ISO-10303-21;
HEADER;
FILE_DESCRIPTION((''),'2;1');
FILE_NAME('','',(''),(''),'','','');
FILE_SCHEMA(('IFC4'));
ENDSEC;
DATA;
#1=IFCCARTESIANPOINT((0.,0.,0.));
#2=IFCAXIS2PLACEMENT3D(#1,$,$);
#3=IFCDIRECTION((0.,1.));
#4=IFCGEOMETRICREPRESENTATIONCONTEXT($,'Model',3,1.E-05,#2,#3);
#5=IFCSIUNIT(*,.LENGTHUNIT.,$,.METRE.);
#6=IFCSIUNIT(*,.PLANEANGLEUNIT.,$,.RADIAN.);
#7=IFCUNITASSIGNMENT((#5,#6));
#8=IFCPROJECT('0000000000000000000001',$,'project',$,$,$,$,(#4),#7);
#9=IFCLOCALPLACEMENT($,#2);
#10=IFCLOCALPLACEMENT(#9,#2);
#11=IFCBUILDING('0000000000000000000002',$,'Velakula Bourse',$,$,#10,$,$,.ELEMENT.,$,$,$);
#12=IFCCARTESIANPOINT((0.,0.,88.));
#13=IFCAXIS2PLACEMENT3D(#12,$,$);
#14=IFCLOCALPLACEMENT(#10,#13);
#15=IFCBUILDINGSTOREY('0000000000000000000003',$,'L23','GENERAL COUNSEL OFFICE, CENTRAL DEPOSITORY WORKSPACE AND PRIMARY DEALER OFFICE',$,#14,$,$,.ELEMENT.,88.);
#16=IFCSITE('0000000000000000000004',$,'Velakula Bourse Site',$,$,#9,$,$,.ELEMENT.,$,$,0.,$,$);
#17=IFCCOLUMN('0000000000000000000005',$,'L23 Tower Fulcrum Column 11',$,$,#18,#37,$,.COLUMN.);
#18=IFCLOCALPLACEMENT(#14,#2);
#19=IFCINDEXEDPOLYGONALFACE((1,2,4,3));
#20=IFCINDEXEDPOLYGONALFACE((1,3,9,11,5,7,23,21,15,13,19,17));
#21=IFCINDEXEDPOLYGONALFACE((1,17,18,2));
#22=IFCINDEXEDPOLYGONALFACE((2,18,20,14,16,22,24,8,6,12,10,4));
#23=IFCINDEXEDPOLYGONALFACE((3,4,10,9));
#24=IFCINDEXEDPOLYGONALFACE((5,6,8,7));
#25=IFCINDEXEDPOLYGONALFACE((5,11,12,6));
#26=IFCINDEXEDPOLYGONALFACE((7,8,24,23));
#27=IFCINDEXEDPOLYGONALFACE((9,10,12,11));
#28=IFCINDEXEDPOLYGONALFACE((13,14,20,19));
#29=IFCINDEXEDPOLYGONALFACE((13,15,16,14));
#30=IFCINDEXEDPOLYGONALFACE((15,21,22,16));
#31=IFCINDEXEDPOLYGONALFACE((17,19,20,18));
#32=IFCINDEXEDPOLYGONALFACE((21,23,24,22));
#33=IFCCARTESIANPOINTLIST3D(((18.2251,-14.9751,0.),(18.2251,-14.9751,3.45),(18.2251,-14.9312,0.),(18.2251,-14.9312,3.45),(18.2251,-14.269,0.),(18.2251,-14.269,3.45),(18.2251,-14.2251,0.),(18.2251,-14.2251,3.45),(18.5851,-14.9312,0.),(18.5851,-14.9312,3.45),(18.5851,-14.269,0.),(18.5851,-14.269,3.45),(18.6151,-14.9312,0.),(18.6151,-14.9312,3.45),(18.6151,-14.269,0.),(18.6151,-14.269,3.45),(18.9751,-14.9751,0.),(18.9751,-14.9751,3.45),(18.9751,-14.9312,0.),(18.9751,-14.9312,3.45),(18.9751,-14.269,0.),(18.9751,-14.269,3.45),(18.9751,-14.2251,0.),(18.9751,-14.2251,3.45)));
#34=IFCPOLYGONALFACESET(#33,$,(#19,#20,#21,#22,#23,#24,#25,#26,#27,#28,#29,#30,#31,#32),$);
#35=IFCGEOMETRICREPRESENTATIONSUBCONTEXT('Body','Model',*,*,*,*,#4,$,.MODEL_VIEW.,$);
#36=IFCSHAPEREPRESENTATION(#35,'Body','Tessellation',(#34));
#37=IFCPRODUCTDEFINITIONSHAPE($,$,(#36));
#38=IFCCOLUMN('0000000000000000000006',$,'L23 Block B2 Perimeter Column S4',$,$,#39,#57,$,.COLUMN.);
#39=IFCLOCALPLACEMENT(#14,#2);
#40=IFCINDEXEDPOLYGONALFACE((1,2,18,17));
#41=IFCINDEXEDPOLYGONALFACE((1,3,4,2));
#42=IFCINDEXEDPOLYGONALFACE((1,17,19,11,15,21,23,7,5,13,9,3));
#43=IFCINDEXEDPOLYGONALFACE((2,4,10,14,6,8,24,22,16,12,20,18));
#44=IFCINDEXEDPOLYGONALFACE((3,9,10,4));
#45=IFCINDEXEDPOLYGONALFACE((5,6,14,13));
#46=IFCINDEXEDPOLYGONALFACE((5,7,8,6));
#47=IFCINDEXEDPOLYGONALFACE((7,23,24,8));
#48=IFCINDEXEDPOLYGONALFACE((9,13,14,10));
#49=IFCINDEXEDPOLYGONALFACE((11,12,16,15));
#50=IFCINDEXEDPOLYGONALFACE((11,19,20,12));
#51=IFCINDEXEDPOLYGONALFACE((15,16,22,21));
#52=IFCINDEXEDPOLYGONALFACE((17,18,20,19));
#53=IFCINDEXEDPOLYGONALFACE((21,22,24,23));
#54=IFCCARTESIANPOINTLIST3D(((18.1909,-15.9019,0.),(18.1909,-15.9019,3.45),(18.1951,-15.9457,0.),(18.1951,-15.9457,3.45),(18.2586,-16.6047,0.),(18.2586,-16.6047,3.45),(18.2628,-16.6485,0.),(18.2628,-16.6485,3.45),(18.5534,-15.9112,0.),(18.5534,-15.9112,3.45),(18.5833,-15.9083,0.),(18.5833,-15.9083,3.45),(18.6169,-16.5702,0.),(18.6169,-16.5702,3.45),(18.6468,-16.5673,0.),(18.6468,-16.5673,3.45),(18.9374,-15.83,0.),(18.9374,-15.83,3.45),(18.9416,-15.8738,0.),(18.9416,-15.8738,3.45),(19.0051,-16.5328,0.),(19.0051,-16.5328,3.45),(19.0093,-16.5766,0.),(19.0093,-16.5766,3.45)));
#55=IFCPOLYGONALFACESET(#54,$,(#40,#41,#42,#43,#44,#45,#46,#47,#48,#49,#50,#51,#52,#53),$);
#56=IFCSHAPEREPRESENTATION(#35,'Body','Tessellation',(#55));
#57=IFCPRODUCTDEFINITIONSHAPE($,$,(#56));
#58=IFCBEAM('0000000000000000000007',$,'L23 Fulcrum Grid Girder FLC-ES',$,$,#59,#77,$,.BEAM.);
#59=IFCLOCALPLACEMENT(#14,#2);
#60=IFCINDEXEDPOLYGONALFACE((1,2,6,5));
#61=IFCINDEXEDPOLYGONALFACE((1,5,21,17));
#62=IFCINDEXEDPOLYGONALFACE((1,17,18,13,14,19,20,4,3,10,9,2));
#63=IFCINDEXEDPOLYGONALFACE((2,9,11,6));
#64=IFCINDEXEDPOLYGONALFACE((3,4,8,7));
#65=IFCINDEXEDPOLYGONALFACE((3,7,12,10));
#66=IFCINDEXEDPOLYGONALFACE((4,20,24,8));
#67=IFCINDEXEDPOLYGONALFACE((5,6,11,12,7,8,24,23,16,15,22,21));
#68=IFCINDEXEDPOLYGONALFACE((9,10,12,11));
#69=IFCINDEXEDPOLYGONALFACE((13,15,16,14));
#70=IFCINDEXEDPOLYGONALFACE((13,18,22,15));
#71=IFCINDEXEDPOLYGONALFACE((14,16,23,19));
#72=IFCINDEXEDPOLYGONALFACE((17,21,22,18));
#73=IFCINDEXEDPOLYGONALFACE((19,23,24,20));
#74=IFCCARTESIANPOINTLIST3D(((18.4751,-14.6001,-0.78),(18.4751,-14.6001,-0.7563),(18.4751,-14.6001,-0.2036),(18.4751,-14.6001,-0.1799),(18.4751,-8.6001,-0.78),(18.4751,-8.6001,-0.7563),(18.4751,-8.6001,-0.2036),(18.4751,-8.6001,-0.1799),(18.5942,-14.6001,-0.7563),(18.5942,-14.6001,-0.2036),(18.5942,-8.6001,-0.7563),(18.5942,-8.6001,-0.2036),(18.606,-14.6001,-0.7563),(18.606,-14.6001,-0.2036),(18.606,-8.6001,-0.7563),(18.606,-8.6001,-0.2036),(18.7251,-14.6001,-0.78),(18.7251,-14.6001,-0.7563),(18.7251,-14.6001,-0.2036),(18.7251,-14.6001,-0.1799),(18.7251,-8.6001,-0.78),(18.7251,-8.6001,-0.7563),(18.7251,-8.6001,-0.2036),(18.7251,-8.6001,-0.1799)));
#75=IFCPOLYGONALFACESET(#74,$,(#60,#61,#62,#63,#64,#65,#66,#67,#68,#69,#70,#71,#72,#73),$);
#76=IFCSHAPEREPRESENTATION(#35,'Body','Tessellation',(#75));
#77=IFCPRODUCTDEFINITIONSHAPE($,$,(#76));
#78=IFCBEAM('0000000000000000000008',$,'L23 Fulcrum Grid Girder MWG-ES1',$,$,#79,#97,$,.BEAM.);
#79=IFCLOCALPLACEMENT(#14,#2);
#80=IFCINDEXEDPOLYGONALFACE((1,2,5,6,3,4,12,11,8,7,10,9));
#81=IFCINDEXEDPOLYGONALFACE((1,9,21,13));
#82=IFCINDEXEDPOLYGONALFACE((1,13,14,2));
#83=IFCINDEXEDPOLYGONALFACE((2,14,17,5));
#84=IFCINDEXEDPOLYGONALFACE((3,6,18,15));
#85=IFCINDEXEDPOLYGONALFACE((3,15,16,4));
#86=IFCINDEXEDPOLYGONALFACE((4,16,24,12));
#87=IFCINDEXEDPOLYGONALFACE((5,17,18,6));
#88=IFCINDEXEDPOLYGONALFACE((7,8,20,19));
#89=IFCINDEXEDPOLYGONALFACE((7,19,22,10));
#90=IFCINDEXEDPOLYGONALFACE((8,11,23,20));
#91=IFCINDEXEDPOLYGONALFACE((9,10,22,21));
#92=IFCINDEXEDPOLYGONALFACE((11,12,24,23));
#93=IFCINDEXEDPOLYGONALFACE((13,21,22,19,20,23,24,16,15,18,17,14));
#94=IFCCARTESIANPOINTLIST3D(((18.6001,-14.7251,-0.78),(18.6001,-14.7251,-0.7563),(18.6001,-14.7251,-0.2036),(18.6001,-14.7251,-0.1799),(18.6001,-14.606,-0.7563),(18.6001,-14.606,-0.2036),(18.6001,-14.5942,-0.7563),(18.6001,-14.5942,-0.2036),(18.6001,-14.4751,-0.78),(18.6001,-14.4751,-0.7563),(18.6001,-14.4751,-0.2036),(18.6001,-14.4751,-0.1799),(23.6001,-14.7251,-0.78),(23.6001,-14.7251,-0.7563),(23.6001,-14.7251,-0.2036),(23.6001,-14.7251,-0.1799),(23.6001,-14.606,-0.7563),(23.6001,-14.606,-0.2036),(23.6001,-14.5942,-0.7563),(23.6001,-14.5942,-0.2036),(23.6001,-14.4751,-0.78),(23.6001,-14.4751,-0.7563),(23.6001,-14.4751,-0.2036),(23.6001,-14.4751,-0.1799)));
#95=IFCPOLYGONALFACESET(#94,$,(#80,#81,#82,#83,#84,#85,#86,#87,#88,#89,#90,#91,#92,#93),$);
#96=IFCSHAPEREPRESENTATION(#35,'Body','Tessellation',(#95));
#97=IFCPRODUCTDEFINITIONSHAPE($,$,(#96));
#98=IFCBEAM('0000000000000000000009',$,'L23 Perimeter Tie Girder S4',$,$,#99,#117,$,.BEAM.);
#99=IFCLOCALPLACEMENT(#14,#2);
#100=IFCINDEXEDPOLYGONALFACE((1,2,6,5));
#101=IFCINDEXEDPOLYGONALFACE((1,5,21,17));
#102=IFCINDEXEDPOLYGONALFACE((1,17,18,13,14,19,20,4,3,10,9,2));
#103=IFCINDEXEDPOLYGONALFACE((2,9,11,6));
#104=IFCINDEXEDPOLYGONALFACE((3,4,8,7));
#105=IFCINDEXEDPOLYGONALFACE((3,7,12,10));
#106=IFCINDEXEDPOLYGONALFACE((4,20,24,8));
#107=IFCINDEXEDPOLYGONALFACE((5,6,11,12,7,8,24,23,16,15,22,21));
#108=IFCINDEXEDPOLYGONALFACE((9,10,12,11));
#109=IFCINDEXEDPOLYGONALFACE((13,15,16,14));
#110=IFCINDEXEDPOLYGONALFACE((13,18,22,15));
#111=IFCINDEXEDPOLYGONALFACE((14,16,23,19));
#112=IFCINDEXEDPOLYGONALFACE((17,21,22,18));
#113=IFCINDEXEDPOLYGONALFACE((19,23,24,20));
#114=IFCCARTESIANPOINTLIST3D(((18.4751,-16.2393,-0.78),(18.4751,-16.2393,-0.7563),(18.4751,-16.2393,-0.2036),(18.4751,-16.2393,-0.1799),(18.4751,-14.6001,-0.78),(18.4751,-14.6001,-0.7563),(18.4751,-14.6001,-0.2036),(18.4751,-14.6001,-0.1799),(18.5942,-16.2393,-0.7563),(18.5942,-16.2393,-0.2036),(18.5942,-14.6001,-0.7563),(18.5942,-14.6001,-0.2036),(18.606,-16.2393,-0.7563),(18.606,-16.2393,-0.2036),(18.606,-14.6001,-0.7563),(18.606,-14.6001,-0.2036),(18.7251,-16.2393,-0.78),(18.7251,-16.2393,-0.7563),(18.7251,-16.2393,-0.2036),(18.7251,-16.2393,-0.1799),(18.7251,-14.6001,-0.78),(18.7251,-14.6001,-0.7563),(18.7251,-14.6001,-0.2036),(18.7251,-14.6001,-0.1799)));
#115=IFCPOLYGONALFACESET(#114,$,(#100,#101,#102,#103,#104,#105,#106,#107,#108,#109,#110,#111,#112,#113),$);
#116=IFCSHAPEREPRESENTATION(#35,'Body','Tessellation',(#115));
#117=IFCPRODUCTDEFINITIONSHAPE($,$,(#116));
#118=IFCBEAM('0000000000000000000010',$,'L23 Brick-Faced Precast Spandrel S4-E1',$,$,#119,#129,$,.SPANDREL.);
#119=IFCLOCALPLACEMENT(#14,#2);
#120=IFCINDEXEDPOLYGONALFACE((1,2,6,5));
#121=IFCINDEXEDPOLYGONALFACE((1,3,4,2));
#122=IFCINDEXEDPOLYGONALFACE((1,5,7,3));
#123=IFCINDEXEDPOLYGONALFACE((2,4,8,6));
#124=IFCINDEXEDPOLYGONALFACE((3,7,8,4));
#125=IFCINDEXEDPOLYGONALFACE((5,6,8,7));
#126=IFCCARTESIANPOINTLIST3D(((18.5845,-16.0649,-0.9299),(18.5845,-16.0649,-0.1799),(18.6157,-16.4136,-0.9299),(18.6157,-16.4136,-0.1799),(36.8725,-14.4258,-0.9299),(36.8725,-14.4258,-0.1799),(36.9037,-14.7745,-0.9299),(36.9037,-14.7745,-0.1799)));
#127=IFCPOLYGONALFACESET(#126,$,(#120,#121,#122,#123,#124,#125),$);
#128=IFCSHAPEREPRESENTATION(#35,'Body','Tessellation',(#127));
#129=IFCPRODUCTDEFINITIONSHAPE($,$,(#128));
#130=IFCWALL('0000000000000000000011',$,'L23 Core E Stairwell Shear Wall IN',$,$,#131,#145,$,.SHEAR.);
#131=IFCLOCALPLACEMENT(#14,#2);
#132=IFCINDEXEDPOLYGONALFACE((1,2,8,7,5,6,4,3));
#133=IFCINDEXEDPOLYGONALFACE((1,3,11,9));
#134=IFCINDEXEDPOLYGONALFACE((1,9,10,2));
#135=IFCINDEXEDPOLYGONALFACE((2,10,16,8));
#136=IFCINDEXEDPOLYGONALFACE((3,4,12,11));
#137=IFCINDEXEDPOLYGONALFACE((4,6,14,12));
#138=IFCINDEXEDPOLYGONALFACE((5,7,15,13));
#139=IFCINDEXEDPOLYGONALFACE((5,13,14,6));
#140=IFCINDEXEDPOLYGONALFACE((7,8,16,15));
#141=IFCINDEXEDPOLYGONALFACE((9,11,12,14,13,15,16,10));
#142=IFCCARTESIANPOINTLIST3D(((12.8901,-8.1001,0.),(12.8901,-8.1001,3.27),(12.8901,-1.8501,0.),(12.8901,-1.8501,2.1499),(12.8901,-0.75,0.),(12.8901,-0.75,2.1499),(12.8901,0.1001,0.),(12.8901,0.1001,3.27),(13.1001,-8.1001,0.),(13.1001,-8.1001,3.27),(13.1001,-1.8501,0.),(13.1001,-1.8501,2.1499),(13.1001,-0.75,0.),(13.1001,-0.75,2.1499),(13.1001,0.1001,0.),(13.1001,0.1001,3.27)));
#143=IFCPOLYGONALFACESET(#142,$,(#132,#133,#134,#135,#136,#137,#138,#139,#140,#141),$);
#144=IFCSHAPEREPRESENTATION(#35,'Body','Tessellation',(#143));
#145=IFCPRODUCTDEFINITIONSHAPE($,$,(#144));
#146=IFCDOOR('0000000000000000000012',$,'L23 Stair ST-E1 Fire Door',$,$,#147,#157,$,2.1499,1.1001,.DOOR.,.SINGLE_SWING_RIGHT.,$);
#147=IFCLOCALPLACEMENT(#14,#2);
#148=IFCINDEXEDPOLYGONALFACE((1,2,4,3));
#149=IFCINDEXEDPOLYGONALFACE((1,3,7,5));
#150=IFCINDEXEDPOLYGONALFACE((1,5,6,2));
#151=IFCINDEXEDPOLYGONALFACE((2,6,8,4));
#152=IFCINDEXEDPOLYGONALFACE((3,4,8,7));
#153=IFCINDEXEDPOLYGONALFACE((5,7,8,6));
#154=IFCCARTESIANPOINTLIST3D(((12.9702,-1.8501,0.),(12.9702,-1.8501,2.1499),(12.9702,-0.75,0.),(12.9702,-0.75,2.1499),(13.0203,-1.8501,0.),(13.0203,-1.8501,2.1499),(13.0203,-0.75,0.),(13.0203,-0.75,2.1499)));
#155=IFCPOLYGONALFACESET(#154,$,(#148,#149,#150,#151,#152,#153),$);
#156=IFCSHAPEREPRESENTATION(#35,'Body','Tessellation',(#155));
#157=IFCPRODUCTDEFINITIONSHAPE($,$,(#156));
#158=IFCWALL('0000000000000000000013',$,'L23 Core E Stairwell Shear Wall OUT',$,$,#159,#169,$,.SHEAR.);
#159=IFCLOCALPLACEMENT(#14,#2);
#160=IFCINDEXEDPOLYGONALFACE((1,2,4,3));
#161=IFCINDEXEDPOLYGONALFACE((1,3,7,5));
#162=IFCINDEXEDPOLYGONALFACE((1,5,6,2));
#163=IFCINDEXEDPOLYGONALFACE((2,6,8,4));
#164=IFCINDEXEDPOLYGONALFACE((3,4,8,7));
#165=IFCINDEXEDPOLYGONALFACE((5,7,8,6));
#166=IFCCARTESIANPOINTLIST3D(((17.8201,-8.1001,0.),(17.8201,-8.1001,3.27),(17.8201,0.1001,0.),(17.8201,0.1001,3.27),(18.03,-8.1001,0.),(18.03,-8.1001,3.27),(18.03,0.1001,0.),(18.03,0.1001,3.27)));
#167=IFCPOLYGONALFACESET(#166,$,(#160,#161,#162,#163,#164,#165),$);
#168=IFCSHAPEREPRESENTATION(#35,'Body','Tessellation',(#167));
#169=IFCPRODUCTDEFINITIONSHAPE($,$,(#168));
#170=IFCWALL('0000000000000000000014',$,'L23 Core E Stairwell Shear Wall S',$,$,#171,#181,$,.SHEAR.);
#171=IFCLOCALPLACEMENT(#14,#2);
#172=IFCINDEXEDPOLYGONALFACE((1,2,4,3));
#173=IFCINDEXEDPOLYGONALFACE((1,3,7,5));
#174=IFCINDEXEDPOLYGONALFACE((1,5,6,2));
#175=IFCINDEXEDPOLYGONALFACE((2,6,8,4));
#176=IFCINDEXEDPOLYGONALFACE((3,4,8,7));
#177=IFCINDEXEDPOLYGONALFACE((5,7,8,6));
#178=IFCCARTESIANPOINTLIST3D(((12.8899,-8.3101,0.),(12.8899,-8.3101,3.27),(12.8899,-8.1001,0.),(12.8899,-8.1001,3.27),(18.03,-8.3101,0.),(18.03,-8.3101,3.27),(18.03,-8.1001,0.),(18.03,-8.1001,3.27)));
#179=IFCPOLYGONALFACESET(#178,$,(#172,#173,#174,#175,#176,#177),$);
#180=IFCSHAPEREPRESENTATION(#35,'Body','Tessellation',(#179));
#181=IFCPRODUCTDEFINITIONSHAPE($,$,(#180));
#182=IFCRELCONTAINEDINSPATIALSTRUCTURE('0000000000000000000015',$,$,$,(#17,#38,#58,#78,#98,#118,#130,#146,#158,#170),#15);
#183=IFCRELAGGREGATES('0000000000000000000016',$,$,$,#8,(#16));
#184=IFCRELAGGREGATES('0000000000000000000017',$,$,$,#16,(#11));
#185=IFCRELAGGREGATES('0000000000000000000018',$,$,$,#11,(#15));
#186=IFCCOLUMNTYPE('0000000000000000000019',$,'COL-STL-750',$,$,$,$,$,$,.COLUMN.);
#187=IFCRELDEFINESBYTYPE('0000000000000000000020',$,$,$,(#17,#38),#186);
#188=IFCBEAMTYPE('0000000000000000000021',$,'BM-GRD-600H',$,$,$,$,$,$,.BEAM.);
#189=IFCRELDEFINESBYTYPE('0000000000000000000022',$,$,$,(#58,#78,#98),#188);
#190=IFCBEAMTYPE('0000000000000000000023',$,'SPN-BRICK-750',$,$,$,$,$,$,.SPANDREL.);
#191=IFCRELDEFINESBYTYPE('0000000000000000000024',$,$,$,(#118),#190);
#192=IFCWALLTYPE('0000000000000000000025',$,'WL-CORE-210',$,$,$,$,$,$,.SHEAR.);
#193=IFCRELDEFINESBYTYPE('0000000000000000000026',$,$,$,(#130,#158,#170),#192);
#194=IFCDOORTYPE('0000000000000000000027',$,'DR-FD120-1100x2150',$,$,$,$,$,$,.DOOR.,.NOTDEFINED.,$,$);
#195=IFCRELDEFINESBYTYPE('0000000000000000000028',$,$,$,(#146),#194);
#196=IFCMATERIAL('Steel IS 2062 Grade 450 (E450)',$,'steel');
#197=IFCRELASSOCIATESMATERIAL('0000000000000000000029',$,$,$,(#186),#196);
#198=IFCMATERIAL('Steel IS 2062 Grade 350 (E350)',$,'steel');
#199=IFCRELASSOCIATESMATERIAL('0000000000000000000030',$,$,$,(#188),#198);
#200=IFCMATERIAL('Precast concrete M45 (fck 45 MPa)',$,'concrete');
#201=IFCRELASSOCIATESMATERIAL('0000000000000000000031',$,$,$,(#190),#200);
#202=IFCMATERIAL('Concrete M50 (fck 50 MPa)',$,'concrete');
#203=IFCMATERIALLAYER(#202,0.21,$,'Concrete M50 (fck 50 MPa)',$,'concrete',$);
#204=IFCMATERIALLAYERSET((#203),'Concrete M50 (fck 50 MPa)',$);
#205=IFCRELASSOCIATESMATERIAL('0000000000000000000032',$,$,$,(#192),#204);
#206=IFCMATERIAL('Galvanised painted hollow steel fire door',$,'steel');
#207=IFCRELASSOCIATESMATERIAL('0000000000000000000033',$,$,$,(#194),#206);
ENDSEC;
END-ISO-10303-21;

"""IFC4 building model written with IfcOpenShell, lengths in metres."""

from ifc_helpers import new_model, si_unit, direction, frame, frame_2d, origin, origin_2d, place, context, subcontext, project, spatial, rectangle, i_section, extrude, material, layer, layer_set, material_profile, profile_set, type_object, element, fill, save


model = new_model("IFC4")

# Units and contexts
model_context = context("Model", 3, precision=1e-05, world=origin(), true_north=direction((0.0, 1.0)))
body_context = subcontext(model_context, "Body", "Model", "MODEL_VIEW")
ifc_project = project(units=[si_unit("LENGTHUNIT", "METRE"), si_unit("PLANEANGLEUNIT", "RADIAN")], contexts=[model_context])

# Site, building, storey
site_placement = place(None, origin())
site = spatial("IfcSite", under=ifc_project, at=site_placement, Name="Velakula Bourse Site", CompositionType="ELEMENT", RefElevation=0.0)
building_placement = place(site_placement, origin())
building = spatial("IfcBuilding", under=site, at=building_placement, Name="Velakula Bourse", CompositionType="ELEMENT")
storey_placement = place(building_placement, frame((0.0, 0.0, 88.0)))
storey = spatial("IfcBuildingStorey", under=building, at=storey_placement, Name="L23", Description="GENERAL COUNSEL OFFICE, CENTRAL DEPOSITORY WORKSPACE AND PRIMARY DEALER OFFICE", CompositionType="ELEMENT", Elevation=88.0)

# Columns
ifc_material_1 = material(Name="Steel IS 2062 Grade 450 (E450)", Category="steel")
ifc_material_profile_1 = material_profile(ifc_material_1, i_section(OverallWidth=0.75, OverallDepth=0.75, WebThickness=0.03, FlangeThickness=0.0439, at=origin_2d()), Name="Steel IS 2062 Grade 450 (E450)")
ifc_profile_set_1 = profile_set([ifc_material_profile_1], Name="Steel IS 2062 Grade 450 (E450)")
column_type = type_object("IfcColumnType", Name="COL-STL-750", PredefinedType="COLUMN", material=ifc_profile_set_1)
for number, where, z_axis, x_axis, name in (
    (1, (18.6001, -14.6001, 0.0), (0.0, 0.0, 1.0), (1.0, 0.0, 0.0), "L23 Tower Fulcrum Column 11"),
    (2, (18.6001, -16.2393, 0.0), (0.0, 0.0, 1.0), (0.995396, 0.095846, 0.0), "L23 Block B2 Perimeter Column S4"),
):
    element("IfcColumn", number, at=place(storey_placement, frame(where, z_axis=z_axis, x_axis=x_axis)), inside=storey, type_object=column_type, Name=name, PredefinedType="COLUMN", context=body_context, shape_type="SweptSolid", body=[
        extrude(i_section(OverallWidth=0.75, OverallDepth=0.75, WebThickness=0.03, FlangeThickness=0.0439, at=origin_2d()), origin(), (0.0, 0.0, 1.0), 3.45),
    ])

# Beams
ifc_material_2 = material(Name="Steel IS 2062 Grade 350 (E350)", Category="steel")
ifc_material_profile_2 = material_profile(ifc_material_2, i_section(OverallWidth=0.25, OverallDepth=0.6001, WebThickness=0.0117, FlangeThickness=0.0237, at=origin_2d()), Name="Steel IS 2062 Grade 350 (E350)")
ifc_profile_set_2 = profile_set([ifc_material_profile_2], Name="Steel IS 2062 Grade 350 (E350)")
beam_type_1 = type_object("IfcBeamType", Name="BM-GRD-600H", PredefinedType="BEAM", material=ifc_profile_set_2)
beam_1_placement = place(storey_placement, frame((18.6001, -14.6001, -0.48), z_axis=(0.0, 1.0, 0.0), x_axis=(-1.0, 0.0, 0.0)))
element("IfcBeam", 3, at=beam_1_placement, inside=storey, type_object=beam_type_1, Name="L23 Fulcrum Grid Girder FLC-ES", PredefinedType="BEAM", context=body_context, shape_type="SweptSolid", body=[
    extrude(i_section(OverallWidth=0.25, OverallDepth=0.6001, WebThickness=0.0117, FlangeThickness=0.0237, at=origin_2d()), origin(), (0.0, 0.0, 1.0), 6.0),
])
beam_2_placement = place(storey_placement, frame((18.6001, -14.6001, -0.48), z_axis=(1.0, 0.0, 0.0), x_axis=(0.0, 1.0, 0.0)))
element("IfcBeam", 4, at=beam_2_placement, inside=storey, type_object=beam_type_1, Name="L23 Fulcrum Grid Girder MWG-ES1", PredefinedType="BEAM", context=body_context, shape_type="SweptSolid", body=[
    extrude(i_section(OverallWidth=0.25, OverallDepth=0.6001, WebThickness=0.0117, FlangeThickness=0.0237, at=origin_2d()), origin(), (0.0, 0.0, 1.0), 5.0),
])
beam_3_placement = place(storey_placement, frame((18.6001, -14.6001, -0.48), z_axis=(0.0, -1.0, 0.0), x_axis=(1.0, 0.0, 0.0)))
element("IfcBeam", 5, at=beam_3_placement, inside=storey, type_object=beam_type_1, Name="L23 Perimeter Tie Girder S4", PredefinedType="BEAM", context=body_context, shape_type="SweptSolid", body=[
    extrude(i_section(OverallWidth=0.25, OverallDepth=0.6001, WebThickness=0.0117, FlangeThickness=0.0237, at=origin_2d()), origin(), (0.0, 0.0, 1.0), 1.6392),
])
ifc_material_3 = material(Name="Precast concrete M45 (fck 45 MPa)", Category="concrete")
ifc_material_profile_3 = material_profile(ifc_material_3, rectangle(XDim=0.3501, YDim=0.75, at=origin_2d()), Name="Precast concrete M45 (fck 45 MPa)")
ifc_profile_set_3 = profile_set([ifc_material_profile_3], Name="Precast concrete M45 (fck 45 MPa)")
beam_type_2 = type_object("IfcBeamType", Name="SPN-BRICK-750", PredefinedType="SPANDREL", material=ifc_profile_set_3)
beam_4_placement = place(storey_placement, frame((18.6001, -16.2393, -0.5549), z_axis=(0.996007, 0.089272, 0.0), x_axis=(-0.089272, 0.996007, 0.0)))
element("IfcBeam", 6, at=beam_4_placement, inside=storey, type_object=beam_type_2, Name="L23 Brick-Faced Precast Spandrel S4-E1", PredefinedType="SPANDREL", context=body_context, shape_type="SweptSolid", body=[
    extrude(rectangle(XDim=0.3501, YDim=0.75, at=origin_2d()), origin(), (0.0, 0.0, 1.0), 18.3613),
])

# Wall, opening, door
ifc_material_4 = material(Name="Concrete M50 (fck 50 MPa)", Category="concrete")
ifc_layer_1 = layer(ifc_material_4, 0.21, Name="Concrete M50 (fck 50 MPa)", Category="concrete")
ifc_layer_set_1 = layer_set([ifc_layer_1], Name="Concrete M50 (fck 50 MPa)")
wall_type_1 = type_object("IfcWallType", Name="WL-CORE-210", PredefinedType="SHEAR", material=ifc_layer_set_1)
wall_1_placement = place(storey_placement, frame((12.9951, -8.1001, 0.0), z_axis=(0.0, 0.0, 1.0), x_axis=(0.0, 1.0, 0.0)))
wall_1 = element("IfcWall", 7, at=wall_1_placement, inside=storey, type_object=wall_type_1, Name="L23 Core E Stairwell Shear Wall IN", PredefinedType="SHEAR", context=body_context, shape_type="SweptSolid", body=[
    extrude(rectangle(XDim=8.2002, YDim=0.21, at=frame_2d((4.1001, 0.0))), origin(), (0.0, 0.0, 1.0), 3.27),
])
opening_1_placement = place(wall_1_placement, frame((6.25, 0.0, 0.0)))
opening_1 = element("IfcOpeningElement", 8, at=opening_1_placement, cuts=wall_1, PredefinedType="OPENING", context=body_context, shape_type="SweptSolid", body=[
    extrude(rectangle(XDim=1.1001, YDim=2.1499, at=frame_2d((0.55, 1.075))), frame((0.0, 0.115, 0.0), z_axis=(0.0, -1.0, 0.0), x_axis=(1.0, 0.0, 0.0)), (0.0, 0.0, 1.0), 0.23),
])
ifc_material_5 = material(Name="Galvanised painted hollow steel fire door", Category="steel")
door_type = type_object("IfcDoorType", Name="DR-FD120-1100x2150", OperationType="NOTDEFINED", PredefinedType="DOOR", material=ifc_material_5)
door_placement = place(opening_1_placement, origin())
door = element("IfcDoor", 9, at=door_placement, inside=storey, type_object=door_type, Name="L23 Stair ST-E1 Fire Door", OperationType="SINGLE_SWING_RIGHT", OverallHeight=2.1499, OverallWidth=1.1001, PredefinedType="DOOR", context=body_context, shape_type="SweptSolid", body=[
    extrude(rectangle(XDim=1.1001, YDim=2.1499, at=frame_2d((0.55, 1.075))), frame((0.0, 0.0249, 0.0), z_axis=(0.0, -1.0, 0.0), x_axis=(1.0, 0.0, 0.0)), (0.0, 0.0, 1.0), 0.05),
])
fill(opening_1, door)

# Walls
wall_2_placement = place(storey_placement, frame((17.925, -8.1001, 0.0), z_axis=(0.0, 0.0, 1.0), x_axis=(0.0, 1.0, 0.0)))
element("IfcWall", 10, at=wall_2_placement, inside=storey, type_object=wall_type_1, Name="L23 Core E Stairwell Shear Wall OUT", PredefinedType="SHEAR", context=body_context, shape_type="SweptSolid", body=[
    extrude(rectangle(XDim=8.2002, YDim=0.21, at=frame_2d((4.1001, 0.0))), origin(), (0.0, 0.0, 1.0), 3.27),
])
wall_3_placement = place(storey_placement, frame((12.8899, -8.2051, 0.0), z_axis=(0.0, 0.0, 1.0), x_axis=(1.0, 0.0, 0.0)))
element("IfcWall", 11, at=wall_3_placement, inside=storey, type_object=wall_type_1, Name="L23 Core E Stairwell Shear Wall S", PredefinedType="SHEAR", context=body_context, shape_type="SweptSolid", body=[
    extrude(rectangle(XDim=5.1401, YDim=0.21, at=frame_2d((2.5701, 0.0))), origin(), (0.0, 0.0, 1.0), 3.27),
])

save(model, "model.ifc")
